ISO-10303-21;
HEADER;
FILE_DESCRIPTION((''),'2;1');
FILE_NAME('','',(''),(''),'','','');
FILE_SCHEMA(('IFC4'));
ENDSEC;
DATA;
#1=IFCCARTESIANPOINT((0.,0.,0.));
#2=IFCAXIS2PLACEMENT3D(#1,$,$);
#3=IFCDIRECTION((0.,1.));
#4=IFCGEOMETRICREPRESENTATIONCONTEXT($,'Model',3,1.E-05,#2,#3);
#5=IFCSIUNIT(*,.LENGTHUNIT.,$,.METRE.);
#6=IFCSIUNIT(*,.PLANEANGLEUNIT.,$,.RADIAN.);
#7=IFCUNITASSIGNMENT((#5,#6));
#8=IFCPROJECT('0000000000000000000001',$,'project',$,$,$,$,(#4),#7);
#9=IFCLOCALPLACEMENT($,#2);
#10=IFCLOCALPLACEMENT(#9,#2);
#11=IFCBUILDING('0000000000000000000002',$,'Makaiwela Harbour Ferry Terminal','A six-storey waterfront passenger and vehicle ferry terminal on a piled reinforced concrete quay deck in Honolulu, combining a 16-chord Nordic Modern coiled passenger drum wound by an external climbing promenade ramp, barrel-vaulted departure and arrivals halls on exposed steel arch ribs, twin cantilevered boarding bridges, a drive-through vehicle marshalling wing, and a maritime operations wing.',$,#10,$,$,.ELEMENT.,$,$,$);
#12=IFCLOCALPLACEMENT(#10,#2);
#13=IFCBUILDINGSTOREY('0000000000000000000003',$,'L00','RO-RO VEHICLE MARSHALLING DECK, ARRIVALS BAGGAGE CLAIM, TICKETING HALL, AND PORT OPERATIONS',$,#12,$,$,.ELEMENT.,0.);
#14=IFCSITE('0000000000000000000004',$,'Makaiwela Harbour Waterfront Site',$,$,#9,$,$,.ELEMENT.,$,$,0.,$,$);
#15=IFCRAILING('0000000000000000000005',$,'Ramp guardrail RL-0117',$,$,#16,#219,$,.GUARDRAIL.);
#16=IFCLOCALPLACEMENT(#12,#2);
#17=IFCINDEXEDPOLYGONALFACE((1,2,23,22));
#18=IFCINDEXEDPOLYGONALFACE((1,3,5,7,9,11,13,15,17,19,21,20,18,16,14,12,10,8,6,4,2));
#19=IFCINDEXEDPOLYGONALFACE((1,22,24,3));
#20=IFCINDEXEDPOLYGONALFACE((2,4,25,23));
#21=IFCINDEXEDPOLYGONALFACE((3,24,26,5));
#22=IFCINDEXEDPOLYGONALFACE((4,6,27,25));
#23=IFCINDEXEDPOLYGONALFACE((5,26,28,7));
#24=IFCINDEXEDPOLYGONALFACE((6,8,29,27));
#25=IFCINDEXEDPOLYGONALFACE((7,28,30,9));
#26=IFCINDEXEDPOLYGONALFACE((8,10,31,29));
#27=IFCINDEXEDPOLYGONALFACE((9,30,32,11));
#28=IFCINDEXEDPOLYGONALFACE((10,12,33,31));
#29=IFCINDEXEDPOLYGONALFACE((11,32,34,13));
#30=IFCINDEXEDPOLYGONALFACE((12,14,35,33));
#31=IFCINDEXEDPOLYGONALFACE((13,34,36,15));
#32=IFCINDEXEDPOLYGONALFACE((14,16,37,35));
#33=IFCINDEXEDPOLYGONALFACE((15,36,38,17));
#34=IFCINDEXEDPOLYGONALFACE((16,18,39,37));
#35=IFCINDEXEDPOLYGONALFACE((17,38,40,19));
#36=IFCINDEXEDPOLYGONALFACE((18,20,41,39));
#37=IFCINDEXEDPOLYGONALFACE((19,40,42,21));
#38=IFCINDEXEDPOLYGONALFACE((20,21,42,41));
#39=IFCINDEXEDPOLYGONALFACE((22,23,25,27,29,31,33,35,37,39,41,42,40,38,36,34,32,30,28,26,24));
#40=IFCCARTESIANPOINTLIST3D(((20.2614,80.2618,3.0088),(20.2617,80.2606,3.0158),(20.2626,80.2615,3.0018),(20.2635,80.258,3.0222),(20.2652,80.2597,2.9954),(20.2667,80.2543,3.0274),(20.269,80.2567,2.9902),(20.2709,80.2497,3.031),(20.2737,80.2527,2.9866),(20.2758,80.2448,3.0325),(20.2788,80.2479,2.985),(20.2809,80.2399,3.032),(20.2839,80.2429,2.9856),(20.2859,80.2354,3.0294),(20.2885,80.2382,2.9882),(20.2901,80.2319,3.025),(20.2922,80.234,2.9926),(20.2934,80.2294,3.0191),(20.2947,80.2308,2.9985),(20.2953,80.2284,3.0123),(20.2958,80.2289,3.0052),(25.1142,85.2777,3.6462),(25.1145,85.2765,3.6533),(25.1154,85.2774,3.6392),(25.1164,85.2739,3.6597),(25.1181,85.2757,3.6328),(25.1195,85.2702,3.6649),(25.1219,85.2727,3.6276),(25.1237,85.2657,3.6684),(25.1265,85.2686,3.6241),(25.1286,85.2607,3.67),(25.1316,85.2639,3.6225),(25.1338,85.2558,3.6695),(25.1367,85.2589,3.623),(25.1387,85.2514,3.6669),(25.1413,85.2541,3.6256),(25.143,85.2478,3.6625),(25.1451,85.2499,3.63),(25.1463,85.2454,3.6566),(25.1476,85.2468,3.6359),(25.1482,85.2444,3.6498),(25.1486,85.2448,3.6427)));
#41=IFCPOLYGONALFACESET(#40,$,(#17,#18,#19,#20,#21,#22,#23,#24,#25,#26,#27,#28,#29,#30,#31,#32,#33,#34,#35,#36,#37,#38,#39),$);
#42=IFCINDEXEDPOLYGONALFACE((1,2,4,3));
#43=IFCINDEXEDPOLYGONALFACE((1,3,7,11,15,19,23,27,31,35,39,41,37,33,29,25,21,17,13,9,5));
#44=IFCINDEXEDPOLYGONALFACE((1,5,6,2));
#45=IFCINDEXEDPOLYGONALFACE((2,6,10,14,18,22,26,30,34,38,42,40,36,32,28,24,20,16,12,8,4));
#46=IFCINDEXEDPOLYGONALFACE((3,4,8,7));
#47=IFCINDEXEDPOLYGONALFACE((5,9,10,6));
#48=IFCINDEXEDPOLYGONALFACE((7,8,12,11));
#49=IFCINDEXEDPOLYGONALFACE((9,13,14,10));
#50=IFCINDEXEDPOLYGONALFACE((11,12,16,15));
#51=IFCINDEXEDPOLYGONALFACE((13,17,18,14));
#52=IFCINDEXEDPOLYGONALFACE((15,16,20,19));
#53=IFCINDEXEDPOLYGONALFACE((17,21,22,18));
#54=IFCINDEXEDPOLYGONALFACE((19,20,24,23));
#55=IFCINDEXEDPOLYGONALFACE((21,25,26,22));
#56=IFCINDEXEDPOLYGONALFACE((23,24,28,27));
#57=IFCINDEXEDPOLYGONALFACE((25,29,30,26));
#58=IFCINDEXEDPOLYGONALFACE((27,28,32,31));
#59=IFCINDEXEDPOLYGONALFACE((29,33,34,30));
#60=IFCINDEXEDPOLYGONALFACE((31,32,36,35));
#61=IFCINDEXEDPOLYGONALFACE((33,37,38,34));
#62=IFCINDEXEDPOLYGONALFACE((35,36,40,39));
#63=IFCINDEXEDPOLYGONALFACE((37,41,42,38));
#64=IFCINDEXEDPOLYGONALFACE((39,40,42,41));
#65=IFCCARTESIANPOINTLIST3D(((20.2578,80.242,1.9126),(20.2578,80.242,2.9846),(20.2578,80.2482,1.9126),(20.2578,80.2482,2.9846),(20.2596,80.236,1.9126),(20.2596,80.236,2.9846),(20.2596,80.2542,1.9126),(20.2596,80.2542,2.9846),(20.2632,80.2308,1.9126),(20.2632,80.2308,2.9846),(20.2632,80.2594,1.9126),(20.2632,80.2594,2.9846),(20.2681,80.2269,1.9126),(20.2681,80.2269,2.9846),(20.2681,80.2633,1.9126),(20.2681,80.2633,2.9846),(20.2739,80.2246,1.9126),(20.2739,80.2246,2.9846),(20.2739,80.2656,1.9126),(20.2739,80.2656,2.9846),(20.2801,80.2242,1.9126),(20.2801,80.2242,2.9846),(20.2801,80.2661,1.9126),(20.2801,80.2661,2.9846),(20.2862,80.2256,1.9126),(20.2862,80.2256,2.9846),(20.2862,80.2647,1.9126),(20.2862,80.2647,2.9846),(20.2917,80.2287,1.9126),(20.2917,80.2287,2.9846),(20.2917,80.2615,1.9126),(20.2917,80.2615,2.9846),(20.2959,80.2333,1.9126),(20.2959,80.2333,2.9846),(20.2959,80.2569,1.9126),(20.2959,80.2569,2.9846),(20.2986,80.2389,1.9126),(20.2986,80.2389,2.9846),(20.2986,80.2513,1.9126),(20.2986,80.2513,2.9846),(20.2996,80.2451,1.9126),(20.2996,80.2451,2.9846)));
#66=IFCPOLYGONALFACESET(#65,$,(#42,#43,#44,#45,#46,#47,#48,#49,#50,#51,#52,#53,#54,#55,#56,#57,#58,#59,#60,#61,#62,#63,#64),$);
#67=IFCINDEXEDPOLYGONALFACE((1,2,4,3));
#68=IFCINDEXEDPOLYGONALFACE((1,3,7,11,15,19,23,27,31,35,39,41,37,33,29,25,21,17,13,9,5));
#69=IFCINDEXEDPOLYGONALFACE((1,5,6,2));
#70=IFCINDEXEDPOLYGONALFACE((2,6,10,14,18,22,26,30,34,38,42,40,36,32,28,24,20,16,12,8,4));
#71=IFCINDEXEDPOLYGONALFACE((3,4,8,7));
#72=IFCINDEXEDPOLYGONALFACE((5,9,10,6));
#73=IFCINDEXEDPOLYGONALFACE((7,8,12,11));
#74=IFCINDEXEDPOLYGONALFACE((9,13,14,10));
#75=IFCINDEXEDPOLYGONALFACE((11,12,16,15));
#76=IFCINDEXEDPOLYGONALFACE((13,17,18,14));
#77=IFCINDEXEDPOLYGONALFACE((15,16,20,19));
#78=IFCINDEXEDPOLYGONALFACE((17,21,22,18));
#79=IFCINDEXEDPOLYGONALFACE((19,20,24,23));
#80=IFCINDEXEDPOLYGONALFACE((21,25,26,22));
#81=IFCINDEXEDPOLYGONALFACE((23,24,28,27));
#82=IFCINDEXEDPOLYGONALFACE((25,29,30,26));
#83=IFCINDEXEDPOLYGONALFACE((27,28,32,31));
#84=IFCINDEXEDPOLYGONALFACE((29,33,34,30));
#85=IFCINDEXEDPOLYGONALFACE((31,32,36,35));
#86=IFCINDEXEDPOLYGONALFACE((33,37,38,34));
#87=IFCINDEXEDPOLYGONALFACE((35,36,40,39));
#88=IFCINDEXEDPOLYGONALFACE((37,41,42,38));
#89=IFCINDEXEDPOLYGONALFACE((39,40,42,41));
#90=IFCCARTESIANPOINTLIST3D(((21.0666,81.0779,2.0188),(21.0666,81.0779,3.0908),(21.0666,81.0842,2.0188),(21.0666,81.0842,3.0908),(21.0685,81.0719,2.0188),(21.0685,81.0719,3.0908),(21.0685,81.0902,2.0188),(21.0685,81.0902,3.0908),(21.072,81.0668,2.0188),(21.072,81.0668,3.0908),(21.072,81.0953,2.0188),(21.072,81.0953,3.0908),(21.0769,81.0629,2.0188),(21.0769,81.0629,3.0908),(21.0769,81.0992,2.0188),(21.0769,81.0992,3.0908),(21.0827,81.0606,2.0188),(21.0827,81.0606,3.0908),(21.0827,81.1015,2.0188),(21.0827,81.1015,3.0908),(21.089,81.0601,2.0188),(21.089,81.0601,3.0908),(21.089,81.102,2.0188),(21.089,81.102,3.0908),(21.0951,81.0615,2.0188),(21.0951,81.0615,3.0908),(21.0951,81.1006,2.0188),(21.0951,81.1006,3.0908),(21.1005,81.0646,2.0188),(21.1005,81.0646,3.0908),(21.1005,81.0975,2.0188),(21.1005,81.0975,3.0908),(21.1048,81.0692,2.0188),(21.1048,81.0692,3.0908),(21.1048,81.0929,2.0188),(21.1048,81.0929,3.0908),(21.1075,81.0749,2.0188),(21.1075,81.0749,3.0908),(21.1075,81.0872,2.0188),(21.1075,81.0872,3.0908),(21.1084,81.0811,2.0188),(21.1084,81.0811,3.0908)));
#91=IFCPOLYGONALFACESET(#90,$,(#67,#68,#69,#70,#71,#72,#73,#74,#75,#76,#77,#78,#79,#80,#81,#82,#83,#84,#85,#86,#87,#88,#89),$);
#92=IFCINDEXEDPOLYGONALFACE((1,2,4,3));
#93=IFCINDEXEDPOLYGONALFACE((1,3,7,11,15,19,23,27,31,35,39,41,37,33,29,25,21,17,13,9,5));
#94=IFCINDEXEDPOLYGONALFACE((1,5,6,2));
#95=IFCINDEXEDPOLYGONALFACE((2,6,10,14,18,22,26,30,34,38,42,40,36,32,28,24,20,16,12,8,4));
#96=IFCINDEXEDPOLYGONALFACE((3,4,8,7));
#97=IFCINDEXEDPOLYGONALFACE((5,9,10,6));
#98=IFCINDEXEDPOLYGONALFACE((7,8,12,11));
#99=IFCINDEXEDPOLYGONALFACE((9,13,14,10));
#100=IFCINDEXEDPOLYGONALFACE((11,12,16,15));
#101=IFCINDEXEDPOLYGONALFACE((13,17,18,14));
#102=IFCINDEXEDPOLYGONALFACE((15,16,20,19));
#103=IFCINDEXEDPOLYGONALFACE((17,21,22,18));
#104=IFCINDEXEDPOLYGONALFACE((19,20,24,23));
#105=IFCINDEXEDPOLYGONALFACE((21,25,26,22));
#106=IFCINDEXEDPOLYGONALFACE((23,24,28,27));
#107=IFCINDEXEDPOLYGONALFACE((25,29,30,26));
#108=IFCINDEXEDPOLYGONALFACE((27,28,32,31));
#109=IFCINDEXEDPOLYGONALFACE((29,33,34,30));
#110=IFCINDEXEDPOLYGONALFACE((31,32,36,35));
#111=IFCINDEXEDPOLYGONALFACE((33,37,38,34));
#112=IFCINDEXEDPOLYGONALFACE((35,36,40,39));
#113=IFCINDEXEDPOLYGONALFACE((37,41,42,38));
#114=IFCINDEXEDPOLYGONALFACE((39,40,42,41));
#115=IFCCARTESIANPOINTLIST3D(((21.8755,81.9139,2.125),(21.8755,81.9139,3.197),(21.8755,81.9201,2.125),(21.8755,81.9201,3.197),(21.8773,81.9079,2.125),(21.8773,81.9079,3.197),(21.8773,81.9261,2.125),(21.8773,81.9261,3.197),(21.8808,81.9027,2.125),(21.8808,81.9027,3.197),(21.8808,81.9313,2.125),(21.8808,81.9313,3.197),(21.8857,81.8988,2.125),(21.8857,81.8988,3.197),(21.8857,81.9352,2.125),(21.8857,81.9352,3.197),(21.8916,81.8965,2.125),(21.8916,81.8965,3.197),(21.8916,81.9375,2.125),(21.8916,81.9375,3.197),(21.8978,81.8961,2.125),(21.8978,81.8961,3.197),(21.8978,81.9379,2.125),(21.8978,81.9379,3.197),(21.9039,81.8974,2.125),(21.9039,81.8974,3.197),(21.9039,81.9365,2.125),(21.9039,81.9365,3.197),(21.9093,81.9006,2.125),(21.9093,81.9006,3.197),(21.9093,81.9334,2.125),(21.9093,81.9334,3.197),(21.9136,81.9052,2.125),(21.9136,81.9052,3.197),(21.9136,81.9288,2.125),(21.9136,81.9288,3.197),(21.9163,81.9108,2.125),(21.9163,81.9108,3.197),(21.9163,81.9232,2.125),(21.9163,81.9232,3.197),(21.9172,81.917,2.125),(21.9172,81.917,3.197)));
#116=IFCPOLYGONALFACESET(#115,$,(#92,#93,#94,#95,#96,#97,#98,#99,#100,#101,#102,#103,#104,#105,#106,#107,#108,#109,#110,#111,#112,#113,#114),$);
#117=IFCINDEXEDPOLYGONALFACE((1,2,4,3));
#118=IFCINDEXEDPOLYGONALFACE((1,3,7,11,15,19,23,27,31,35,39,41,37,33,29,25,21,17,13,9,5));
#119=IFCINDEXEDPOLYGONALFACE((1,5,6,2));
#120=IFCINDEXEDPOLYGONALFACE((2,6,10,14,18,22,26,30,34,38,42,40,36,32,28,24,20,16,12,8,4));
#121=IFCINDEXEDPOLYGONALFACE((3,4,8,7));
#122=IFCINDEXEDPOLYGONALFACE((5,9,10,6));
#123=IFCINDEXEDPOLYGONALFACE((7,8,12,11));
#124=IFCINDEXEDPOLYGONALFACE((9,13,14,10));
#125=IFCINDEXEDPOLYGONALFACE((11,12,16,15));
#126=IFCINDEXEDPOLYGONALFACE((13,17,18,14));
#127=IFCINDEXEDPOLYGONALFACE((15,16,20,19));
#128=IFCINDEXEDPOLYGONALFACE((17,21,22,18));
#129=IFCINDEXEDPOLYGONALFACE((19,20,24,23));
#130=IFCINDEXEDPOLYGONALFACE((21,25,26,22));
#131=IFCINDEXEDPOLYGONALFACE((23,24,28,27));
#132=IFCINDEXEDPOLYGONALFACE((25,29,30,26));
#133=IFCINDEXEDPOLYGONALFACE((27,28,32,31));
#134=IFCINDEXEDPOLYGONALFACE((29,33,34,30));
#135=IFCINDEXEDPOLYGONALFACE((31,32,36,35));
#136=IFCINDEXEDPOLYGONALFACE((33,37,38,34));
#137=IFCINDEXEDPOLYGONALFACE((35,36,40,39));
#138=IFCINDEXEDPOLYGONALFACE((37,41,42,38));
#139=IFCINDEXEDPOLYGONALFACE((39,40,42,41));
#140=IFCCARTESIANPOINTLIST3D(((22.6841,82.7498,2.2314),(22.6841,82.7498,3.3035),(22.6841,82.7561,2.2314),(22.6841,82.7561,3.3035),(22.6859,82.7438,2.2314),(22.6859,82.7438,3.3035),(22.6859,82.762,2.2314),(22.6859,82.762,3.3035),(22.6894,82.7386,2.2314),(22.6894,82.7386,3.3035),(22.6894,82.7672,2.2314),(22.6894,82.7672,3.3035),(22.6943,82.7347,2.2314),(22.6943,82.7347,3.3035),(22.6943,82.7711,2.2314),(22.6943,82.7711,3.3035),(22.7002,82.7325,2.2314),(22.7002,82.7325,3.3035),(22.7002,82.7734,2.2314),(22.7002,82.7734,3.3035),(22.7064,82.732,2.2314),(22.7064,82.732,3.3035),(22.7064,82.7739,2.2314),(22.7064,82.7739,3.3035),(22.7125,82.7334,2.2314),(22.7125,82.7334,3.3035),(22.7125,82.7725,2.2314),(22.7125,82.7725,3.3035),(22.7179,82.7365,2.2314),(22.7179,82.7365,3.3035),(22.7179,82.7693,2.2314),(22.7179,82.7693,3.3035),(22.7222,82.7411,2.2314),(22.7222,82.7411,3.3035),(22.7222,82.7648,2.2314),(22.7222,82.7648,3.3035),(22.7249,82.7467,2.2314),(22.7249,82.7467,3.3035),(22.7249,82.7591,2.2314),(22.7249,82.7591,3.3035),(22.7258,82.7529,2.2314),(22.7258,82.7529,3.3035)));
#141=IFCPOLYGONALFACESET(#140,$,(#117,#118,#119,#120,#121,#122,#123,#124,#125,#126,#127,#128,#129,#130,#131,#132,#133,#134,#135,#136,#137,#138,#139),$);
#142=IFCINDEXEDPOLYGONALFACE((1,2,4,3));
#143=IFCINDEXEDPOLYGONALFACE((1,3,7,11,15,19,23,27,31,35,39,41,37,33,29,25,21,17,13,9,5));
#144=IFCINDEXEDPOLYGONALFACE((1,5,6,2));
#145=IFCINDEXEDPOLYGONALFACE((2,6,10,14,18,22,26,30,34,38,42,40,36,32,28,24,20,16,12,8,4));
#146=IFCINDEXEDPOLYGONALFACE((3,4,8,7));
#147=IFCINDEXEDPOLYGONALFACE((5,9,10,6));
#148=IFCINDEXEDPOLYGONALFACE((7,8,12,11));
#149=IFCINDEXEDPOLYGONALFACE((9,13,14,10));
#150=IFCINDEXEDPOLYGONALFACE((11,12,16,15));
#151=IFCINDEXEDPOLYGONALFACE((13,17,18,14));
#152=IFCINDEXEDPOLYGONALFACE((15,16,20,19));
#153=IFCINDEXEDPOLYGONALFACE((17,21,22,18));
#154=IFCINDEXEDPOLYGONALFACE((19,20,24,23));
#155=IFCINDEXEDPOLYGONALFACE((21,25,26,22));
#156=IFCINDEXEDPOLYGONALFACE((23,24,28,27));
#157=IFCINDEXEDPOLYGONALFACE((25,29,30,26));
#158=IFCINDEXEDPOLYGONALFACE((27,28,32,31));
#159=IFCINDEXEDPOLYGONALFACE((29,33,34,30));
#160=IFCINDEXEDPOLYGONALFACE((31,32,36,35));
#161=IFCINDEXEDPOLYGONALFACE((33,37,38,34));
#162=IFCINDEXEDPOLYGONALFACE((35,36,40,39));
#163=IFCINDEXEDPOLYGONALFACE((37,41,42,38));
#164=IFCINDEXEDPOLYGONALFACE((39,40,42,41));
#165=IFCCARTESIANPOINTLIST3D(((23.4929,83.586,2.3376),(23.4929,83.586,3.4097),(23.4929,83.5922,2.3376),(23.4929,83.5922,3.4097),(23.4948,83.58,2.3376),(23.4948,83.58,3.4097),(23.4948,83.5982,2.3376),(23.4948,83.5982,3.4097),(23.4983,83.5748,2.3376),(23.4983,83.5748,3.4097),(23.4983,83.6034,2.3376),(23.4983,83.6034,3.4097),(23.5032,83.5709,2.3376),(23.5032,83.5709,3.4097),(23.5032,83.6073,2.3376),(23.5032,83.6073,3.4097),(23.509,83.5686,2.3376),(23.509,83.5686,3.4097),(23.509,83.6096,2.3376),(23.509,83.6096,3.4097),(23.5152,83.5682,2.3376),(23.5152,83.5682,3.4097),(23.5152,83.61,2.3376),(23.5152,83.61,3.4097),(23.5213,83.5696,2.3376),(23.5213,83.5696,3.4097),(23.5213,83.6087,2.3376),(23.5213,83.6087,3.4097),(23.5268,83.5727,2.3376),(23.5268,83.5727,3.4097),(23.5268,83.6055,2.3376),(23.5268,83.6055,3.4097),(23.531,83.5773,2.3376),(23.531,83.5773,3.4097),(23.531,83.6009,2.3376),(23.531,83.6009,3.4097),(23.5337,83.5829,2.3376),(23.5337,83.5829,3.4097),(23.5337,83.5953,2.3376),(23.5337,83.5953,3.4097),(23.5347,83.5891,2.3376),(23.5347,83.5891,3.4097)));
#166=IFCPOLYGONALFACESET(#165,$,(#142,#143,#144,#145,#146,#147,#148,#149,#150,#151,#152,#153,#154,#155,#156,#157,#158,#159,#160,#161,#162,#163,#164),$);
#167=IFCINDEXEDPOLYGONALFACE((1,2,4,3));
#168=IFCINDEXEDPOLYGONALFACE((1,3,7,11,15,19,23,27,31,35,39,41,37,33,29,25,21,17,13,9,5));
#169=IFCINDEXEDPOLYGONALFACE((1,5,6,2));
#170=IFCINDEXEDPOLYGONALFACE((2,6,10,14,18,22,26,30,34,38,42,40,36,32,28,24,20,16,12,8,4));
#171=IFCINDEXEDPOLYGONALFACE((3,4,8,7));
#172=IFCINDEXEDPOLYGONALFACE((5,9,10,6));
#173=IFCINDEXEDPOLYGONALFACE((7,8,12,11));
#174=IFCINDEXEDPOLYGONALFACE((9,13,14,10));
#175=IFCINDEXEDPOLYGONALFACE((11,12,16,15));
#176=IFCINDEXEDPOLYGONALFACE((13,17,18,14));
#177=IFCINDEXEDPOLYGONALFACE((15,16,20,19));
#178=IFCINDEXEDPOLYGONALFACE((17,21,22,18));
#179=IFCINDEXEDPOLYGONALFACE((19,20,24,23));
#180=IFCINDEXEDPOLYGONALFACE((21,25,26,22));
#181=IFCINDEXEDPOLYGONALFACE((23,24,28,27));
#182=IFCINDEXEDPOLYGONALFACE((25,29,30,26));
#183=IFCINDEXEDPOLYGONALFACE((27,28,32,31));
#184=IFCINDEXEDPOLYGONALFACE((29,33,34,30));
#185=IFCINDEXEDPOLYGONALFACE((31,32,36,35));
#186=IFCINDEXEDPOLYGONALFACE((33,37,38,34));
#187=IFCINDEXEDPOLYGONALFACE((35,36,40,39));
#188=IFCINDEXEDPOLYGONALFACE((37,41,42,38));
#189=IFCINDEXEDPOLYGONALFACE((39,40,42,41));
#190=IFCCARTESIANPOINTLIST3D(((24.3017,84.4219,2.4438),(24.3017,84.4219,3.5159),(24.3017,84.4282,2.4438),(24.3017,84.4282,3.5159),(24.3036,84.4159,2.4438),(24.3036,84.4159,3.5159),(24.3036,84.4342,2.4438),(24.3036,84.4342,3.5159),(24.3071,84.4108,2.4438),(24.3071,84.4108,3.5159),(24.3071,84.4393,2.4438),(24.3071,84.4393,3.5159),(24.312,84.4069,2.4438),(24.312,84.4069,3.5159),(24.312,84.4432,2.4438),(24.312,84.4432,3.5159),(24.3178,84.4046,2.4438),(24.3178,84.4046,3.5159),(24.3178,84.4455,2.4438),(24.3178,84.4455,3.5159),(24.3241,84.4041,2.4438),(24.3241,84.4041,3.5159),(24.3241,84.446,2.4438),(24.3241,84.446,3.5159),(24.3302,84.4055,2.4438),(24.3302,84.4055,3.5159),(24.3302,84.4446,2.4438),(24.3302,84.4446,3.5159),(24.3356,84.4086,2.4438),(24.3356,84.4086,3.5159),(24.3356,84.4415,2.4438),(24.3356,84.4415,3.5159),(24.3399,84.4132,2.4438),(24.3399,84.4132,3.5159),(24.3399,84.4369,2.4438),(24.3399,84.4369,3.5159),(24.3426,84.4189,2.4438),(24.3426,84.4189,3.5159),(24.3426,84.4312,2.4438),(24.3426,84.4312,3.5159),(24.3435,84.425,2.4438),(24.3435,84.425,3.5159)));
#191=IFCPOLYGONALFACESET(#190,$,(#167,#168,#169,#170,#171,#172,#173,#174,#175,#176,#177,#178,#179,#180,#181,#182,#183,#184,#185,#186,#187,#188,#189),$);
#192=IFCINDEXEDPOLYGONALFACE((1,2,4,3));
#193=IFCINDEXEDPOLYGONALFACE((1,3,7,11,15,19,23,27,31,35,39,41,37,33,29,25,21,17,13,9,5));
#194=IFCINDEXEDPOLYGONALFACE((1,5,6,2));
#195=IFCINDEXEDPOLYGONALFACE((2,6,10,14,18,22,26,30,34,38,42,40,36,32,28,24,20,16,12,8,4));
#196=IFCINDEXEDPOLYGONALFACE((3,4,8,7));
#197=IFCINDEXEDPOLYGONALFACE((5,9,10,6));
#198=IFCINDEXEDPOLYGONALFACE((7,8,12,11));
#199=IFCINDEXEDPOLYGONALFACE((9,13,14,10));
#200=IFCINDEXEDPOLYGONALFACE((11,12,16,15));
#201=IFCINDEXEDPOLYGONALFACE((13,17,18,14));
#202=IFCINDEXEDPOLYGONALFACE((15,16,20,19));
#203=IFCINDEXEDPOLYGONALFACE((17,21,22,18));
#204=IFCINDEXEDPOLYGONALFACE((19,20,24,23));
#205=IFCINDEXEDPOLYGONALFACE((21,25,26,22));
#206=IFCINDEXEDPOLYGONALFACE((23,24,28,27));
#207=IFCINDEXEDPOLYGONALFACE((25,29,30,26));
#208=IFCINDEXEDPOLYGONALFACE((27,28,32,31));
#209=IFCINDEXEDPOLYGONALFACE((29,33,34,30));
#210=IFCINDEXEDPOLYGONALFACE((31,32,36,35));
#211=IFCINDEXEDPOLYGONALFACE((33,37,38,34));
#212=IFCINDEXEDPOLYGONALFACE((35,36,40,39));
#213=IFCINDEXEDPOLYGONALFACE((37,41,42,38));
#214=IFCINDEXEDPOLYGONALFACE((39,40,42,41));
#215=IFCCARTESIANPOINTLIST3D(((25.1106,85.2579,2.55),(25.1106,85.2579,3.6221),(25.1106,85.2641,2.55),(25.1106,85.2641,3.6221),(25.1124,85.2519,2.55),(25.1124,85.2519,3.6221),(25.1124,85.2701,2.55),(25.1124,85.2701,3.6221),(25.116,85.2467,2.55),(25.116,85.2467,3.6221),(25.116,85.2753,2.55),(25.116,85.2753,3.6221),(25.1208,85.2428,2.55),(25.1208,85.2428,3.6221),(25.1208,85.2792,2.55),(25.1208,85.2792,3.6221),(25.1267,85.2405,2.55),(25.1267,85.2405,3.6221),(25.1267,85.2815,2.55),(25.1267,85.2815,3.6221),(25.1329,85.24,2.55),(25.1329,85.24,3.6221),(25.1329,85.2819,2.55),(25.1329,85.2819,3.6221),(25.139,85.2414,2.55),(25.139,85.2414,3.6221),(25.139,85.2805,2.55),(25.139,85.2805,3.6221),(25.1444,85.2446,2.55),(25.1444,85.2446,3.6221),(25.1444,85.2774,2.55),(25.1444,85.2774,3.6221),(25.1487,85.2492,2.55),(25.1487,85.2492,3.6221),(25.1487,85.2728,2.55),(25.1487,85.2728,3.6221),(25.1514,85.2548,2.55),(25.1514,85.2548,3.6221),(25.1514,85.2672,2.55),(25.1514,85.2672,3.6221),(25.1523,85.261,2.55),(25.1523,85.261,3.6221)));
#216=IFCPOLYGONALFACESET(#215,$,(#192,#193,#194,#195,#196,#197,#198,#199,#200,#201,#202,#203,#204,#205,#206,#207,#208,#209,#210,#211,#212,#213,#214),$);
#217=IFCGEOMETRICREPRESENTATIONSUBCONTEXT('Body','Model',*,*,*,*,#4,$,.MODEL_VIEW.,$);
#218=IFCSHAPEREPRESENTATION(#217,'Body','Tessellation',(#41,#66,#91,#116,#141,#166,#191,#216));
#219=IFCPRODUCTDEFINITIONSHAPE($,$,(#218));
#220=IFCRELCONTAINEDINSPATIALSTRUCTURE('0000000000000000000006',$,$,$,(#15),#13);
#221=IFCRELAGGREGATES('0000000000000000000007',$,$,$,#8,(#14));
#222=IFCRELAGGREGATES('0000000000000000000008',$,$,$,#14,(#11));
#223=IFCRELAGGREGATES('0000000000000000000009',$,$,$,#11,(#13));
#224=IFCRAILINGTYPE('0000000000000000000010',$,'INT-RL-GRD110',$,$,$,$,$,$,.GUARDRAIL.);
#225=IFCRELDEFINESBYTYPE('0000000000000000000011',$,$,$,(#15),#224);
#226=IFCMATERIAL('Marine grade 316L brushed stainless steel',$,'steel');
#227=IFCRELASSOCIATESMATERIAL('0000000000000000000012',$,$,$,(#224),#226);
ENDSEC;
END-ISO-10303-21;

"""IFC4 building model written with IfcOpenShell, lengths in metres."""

from ifc_helpers import new_model, si_unit, direction, frame, origin, origin_2d, place, context, subcontext, project, spatial, circle, extrude, material, type_object, element, save


model = new_model("IFC4")

# Units and contexts
model_context = context("Model", 3, precision=1e-05, world=origin(), true_north=direction((0.0, 1.0)))
body_context = subcontext(model_context, "Body", "Model", "MODEL_VIEW")
ifc_project = project(units=[si_unit("LENGTHUNIT", "METRE"), si_unit("PLANEANGLEUNIT", "RADIAN")], contexts=[model_context])

# Site, building, storey
site_placement = place(None, origin())
site = spatial("IfcSite", under=ifc_project, at=site_placement, Name="Makaiwela Harbour Waterfront Site", CompositionType="ELEMENT", RefElevation=0.0)
building_placement = place(site_placement, origin())
building = spatial("IfcBuilding", under=site, at=building_placement, Name="Makaiwela Harbour Ferry Terminal", Description="A six-storey waterfront passenger and vehicle ferry terminal on a piled reinforced concrete quay deck in Honolulu, combining a 16-chord Nordic Modern coiled passenger drum wound by an external climbing promenade ramp, barrel-vaulted departure and arrivals halls on exposed steel arch ribs, twin cantilevered boarding bridges, a drive-through vehicle marshalling wing, and a maritime operations wing.", CompositionType="ELEMENT")
storey_placement = place(building_placement, origin())
storey = spatial("IfcBuildingStorey", under=building, at=storey_placement, Name="L00", Description="RO-RO VEHICLE MARSHALLING DECK, ARRIVALS BAGGAGE CLAIM, TICKETING HALL, AND PORT OPERATIONS", CompositionType="ELEMENT", Elevation=0.0)

# Railing
ifc_material_1 = material(Name="Marine grade 316L brushed stainless steel", Category="steel")
railing_type_1 = type_object("IfcRailingType", Name="INT-RL-GRD110", PredefinedType="GUARDRAIL", material=ifc_material_1)
railing_1_placement = place(storey_placement, frame((20.2786, 80.2451, 1.9126)))
element("IfcRailing", 1, at=railing_1_placement, inside=storey, type_object=railing_type_1, Name="Ramp guardrail RL-0117", PredefinedType="GUARDRAIL", context=body_context, shape_type="SweptSolid", body=[
    extrude(circle(Radius=0.0239, at=origin_2d()), frame((0.0, 0.0, 1.0962), z_axis=(0.692444, 0.715715, 0.090958), x_axis=(-0.718694, 0.695326, 0.0)), (0.0, 0.0, 1.0), 7.0083),
    extrude(circle(Radius=0.021, at=origin_2d()), origin(), (0.0, 0.0, 1.0), 1.072),
    extrude(circle(Radius=0.021, at=origin_2d()), frame((0.8088, 0.8359, 0.1062)), (0.0, 0.0, 1.0), 1.072),
    extrude(circle(Radius=0.021, at=origin_2d()), frame((1.6177, 1.6719, 0.2124)), (0.0, 0.0, 1.0), 1.072),
    extrude(circle(Radius=0.021, at=origin_2d()), frame((2.4263, 2.5078, 0.3188)), (0.0, 0.0, 1.0), 1.072),
    extrude(circle(Radius=0.021, at=origin_2d()), frame((3.2351, 3.344, 0.425)), (0.0, 0.0, 1.0), 1.072),
    extrude(circle(Radius=0.021, at=origin_2d()), frame((4.0439, 4.1799, 0.5312)), (0.0, 0.0, 1.0), 1.072),
    extrude(circle(Radius=0.021, at=origin_2d()), frame((4.8528, 5.0159, 0.6375)), (0.0, 0.0, 1.0), 1.072),
])

save(model, "model.ifc")
